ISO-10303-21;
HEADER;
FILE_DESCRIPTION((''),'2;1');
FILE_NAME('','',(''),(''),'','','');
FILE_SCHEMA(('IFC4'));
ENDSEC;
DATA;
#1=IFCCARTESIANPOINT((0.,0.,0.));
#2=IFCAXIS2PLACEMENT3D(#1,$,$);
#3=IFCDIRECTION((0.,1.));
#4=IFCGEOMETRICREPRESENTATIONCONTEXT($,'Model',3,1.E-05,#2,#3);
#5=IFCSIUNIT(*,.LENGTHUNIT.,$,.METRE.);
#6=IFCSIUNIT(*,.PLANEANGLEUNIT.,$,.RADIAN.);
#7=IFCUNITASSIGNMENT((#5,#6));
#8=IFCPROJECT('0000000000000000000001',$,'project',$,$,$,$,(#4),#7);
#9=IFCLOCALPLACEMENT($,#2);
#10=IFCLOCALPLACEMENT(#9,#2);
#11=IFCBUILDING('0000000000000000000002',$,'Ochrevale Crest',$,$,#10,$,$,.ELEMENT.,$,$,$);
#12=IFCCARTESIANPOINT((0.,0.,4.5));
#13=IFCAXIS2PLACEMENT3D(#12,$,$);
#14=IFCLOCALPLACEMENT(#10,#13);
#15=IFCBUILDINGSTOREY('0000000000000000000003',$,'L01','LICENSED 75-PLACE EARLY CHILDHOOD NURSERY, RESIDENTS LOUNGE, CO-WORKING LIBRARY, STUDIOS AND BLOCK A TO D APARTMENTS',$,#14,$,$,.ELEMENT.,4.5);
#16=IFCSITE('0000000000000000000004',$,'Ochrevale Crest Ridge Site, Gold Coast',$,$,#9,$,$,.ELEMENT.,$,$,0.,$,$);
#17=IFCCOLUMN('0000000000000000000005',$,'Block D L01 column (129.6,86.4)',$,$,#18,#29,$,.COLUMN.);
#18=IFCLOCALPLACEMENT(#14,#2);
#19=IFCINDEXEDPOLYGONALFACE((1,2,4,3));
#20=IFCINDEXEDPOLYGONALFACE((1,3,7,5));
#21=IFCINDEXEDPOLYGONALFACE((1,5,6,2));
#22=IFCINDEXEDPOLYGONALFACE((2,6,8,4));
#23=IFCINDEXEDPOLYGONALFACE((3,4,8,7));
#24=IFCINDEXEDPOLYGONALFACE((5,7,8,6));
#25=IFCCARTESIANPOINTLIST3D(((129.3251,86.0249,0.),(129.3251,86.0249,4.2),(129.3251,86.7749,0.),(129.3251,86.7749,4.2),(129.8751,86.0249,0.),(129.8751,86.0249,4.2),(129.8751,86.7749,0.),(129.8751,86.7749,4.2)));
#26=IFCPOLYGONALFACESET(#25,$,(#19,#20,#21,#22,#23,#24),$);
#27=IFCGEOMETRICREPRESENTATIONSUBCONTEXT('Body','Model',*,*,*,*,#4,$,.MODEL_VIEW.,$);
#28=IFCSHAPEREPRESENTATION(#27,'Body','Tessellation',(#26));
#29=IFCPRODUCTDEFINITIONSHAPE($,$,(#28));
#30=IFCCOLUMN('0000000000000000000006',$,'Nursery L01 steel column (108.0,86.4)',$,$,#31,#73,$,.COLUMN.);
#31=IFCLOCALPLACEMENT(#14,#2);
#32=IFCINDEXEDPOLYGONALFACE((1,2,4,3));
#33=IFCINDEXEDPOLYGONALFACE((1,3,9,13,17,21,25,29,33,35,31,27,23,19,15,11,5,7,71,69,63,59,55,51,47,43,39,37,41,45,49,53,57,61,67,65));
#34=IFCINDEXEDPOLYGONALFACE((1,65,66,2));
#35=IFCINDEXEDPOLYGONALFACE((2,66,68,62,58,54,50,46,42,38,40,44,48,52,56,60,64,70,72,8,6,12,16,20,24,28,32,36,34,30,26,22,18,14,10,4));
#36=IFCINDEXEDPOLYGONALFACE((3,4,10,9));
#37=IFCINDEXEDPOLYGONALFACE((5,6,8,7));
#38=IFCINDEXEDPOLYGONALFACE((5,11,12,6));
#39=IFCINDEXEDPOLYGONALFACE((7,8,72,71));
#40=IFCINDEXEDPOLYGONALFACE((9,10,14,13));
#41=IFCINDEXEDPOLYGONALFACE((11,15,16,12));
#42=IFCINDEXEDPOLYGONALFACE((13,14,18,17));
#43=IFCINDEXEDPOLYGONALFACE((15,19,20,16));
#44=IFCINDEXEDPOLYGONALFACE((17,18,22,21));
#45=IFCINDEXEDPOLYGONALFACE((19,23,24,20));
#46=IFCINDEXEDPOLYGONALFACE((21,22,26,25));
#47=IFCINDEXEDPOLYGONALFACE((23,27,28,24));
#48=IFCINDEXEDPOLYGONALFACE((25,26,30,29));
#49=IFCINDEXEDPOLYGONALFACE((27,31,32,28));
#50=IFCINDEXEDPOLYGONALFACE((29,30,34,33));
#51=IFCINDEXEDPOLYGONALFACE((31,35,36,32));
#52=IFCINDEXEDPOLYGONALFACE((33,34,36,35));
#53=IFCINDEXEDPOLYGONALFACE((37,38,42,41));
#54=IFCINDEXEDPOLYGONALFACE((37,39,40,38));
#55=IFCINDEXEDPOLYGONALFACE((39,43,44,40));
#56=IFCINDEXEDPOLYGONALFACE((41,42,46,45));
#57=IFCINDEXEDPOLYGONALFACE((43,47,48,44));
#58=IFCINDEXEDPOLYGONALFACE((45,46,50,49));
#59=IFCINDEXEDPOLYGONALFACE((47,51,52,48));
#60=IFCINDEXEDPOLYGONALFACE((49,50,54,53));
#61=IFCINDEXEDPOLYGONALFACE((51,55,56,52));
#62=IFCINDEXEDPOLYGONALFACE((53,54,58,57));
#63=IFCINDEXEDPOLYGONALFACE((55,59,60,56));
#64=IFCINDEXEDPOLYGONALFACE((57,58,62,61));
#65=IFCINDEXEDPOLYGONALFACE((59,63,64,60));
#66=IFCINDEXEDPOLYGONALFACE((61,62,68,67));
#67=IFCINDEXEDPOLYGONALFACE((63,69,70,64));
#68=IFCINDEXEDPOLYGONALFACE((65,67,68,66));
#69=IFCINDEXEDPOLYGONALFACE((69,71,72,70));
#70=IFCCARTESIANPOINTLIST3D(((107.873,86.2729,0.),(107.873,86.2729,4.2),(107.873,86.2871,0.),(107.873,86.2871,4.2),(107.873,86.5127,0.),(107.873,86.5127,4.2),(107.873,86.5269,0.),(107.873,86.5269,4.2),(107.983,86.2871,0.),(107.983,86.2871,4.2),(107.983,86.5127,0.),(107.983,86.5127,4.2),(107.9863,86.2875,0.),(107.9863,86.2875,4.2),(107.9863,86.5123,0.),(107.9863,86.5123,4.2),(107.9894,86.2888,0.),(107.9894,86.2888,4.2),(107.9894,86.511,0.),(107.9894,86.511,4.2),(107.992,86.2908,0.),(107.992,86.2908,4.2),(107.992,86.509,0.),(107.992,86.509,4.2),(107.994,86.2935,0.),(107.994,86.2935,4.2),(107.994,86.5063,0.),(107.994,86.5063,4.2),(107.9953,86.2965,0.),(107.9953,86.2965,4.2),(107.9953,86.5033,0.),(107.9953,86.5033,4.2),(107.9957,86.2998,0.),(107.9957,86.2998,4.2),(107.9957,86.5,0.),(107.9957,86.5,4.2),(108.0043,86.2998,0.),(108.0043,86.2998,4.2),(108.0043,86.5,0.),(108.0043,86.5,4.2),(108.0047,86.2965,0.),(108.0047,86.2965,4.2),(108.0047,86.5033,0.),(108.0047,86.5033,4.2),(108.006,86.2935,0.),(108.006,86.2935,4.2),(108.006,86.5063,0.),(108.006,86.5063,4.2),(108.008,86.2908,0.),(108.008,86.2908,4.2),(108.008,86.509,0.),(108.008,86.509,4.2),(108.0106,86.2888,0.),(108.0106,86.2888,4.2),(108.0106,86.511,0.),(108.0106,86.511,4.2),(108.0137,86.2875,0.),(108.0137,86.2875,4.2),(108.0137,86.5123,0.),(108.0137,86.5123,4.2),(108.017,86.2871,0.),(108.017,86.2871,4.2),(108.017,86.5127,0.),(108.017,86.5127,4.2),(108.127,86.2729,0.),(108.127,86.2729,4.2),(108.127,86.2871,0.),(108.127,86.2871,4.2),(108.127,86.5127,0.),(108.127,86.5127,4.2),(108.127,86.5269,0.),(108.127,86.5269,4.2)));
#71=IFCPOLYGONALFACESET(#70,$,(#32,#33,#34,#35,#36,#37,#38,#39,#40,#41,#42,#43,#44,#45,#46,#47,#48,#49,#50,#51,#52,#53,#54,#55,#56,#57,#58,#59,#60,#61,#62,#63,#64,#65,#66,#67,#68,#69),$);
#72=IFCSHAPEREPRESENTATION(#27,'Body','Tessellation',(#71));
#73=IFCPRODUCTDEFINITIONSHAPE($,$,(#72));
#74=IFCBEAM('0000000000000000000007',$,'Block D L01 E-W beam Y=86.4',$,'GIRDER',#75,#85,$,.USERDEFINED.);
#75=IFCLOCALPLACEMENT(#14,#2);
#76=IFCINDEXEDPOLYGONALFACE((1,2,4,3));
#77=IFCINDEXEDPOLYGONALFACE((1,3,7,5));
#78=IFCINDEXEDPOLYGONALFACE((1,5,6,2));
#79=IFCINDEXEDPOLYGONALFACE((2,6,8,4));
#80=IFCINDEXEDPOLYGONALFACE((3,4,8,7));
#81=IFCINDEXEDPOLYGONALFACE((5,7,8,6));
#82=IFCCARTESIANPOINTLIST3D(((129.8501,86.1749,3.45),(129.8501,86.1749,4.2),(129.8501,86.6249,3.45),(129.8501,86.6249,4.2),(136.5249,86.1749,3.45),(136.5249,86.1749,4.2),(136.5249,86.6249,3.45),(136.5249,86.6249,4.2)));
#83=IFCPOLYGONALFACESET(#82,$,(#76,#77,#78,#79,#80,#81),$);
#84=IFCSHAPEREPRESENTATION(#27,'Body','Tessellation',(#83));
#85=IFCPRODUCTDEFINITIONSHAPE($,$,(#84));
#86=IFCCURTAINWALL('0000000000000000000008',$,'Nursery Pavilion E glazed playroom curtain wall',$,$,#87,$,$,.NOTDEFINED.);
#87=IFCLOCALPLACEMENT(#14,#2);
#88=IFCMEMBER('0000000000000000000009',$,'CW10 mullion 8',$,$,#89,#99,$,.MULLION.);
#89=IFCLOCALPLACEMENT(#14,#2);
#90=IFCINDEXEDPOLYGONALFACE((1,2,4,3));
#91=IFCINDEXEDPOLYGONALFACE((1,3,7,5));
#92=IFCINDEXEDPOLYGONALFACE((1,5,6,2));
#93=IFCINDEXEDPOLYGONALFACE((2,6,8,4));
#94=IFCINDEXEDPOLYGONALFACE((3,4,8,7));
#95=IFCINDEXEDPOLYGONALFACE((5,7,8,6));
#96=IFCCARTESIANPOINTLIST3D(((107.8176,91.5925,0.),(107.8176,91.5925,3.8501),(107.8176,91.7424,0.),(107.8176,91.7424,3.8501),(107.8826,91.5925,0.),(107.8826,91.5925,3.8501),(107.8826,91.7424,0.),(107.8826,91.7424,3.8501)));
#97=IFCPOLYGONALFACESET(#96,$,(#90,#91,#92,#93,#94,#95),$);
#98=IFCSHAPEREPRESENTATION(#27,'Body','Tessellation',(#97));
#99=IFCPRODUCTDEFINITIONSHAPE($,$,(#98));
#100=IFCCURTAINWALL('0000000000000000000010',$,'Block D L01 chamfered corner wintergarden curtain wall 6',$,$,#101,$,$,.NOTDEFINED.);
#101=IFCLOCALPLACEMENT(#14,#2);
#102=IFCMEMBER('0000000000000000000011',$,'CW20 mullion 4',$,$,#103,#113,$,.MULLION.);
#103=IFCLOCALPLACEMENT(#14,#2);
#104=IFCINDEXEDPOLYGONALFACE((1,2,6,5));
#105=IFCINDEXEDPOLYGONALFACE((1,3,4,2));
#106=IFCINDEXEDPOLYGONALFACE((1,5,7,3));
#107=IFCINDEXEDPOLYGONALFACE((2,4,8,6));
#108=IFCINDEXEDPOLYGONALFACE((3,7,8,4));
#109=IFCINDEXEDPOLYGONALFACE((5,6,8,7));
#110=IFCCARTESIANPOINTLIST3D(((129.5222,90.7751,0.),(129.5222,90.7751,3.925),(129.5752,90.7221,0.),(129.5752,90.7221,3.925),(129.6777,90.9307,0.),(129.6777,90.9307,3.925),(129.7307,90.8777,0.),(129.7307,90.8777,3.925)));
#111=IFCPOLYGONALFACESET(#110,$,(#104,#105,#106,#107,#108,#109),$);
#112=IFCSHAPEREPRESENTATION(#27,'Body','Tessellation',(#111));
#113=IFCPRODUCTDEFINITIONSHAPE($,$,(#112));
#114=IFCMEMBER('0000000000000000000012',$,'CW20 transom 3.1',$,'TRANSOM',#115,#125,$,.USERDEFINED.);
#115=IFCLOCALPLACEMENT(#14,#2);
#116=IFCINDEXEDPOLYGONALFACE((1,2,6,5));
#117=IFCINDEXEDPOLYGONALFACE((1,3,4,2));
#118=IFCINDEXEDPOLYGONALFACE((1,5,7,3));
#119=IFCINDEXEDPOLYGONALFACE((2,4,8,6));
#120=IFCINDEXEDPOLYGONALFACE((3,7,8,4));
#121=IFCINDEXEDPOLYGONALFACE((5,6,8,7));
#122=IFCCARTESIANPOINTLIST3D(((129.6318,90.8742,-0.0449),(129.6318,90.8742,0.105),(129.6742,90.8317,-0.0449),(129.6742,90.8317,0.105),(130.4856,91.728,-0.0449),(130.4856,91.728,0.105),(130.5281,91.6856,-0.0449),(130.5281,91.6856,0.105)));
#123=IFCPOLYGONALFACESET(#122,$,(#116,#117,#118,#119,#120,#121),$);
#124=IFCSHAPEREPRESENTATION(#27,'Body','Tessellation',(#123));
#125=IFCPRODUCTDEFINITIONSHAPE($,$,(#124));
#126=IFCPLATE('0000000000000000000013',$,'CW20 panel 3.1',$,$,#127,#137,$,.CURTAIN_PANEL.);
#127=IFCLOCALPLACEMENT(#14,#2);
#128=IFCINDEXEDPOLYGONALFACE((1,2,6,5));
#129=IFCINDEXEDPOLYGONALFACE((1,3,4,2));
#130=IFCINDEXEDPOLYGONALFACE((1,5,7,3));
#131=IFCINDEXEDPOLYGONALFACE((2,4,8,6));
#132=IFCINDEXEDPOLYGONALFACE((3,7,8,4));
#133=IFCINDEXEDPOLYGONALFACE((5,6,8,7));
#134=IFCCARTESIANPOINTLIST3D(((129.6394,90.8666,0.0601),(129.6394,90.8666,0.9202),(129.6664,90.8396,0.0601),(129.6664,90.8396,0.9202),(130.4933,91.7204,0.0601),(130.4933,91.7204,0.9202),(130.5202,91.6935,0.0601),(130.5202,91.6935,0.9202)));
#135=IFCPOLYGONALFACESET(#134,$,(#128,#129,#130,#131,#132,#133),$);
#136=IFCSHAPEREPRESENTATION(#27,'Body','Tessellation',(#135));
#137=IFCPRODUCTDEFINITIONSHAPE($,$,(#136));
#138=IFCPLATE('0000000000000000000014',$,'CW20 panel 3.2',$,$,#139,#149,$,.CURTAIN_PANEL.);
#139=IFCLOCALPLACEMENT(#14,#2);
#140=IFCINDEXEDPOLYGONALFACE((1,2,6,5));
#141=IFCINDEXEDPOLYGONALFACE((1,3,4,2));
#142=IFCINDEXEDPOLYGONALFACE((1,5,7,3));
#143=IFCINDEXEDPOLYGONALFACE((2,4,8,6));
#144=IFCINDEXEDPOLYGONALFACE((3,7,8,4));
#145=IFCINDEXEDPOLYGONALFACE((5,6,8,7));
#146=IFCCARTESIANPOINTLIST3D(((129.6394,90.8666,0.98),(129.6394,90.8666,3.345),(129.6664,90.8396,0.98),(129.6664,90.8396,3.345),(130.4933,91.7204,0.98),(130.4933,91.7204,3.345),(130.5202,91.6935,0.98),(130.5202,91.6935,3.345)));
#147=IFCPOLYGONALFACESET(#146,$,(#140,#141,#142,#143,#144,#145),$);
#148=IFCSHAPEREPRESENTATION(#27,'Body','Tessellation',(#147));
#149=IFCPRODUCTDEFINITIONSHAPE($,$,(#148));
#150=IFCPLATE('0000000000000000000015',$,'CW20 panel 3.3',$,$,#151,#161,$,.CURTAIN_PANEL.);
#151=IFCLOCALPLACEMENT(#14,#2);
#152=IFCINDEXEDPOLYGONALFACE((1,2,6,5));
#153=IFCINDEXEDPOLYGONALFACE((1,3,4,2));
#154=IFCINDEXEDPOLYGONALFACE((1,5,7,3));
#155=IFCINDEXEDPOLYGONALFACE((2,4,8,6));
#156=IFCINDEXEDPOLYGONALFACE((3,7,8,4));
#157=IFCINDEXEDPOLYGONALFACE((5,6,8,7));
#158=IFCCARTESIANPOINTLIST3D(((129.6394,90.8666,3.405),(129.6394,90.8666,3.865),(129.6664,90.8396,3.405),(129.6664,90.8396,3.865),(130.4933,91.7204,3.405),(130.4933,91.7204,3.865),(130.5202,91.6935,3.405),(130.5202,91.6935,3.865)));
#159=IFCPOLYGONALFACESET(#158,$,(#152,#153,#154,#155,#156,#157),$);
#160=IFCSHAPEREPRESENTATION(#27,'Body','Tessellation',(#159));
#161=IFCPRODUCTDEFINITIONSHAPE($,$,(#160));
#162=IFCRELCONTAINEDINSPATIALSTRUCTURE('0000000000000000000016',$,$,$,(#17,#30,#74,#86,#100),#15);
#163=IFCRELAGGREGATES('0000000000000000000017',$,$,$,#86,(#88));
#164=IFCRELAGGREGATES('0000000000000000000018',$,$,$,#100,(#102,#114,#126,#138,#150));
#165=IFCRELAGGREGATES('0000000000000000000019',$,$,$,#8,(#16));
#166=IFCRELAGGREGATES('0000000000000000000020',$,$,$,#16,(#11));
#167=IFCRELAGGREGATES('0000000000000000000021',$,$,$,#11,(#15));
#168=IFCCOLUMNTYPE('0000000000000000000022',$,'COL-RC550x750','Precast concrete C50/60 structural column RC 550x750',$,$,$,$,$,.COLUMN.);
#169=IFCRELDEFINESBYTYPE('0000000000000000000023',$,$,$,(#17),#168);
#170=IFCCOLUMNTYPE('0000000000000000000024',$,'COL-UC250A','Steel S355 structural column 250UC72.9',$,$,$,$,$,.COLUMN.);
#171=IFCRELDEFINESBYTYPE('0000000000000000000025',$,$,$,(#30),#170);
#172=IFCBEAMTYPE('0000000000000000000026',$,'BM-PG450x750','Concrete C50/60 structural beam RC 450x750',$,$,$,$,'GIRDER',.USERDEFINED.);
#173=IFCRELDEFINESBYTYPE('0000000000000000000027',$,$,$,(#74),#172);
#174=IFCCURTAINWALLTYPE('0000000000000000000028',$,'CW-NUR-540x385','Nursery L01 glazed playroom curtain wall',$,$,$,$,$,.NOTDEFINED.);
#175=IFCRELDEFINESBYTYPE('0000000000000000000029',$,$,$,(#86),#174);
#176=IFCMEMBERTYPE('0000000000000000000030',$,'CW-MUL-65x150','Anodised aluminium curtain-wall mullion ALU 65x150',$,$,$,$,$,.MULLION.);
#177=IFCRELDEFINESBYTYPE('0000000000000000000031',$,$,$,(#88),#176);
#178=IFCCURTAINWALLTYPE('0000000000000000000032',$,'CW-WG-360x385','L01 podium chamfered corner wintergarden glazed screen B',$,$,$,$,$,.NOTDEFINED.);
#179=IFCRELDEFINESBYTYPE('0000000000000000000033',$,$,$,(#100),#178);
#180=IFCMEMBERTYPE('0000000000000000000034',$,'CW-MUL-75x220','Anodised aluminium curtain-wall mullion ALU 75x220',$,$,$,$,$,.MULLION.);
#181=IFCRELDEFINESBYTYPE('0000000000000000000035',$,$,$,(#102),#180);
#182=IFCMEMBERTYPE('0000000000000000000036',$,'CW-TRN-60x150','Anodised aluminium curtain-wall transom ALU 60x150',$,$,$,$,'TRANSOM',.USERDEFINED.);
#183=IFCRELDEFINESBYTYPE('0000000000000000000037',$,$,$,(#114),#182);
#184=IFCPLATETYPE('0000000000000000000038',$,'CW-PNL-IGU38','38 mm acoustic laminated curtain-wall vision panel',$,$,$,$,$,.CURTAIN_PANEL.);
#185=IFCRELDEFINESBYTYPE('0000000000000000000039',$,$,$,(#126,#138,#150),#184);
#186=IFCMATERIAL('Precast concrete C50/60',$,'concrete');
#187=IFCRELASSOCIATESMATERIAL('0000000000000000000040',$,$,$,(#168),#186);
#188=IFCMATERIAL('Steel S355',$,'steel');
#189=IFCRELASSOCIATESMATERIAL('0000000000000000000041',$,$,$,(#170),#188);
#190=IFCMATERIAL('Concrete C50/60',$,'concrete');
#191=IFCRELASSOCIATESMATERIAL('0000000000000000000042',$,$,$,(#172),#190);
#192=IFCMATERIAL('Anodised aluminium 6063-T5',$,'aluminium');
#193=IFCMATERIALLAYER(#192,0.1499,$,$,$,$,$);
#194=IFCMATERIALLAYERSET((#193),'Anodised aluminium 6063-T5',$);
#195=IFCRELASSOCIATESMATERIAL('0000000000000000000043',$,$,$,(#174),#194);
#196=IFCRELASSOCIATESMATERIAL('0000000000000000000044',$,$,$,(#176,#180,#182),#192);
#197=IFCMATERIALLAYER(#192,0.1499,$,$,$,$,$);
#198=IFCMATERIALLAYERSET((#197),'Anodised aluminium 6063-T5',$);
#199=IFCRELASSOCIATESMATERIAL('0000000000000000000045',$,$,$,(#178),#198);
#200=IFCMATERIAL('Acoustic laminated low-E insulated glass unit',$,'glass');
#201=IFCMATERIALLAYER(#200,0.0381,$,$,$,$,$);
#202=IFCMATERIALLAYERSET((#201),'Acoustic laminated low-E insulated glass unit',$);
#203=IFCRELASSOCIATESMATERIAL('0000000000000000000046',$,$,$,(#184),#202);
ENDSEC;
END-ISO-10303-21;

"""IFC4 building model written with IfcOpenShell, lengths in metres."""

from ifc_helpers import new_model, si_unit, direction, frame, origin, origin_2d, place, context, subcontext, project, spatial, rectangle, i_section, extrude, material, layer, layer_set, material_profile, profile_set, type_object, element, aggregate, save


model = new_model("IFC4")

# Units and contexts
model_context = context("Model", 3, precision=1e-05, world=origin(), true_north=direction((0.0, 1.0)))
body_context = subcontext(model_context, "Body", "Model", "MODEL_VIEW")
ifc_project = project(units=[si_unit("LENGTHUNIT", "METRE"), si_unit("PLANEANGLEUNIT", "RADIAN")], contexts=[model_context])

# Site, building, storey
site_placement = place(None, origin())
site = spatial("IfcSite", under=ifc_project, at=site_placement, Name="Ochrevale Crest Ridge Site, Gold Coast", CompositionType="ELEMENT", RefElevation=0.0)
building_placement = place(site_placement, origin())
building = spatial("IfcBuilding", under=site, at=building_placement, Name="Ochrevale Crest", CompositionType="ELEMENT")
storey_placement = place(building_placement, frame((0.0, 0.0, 4.5)))
storey = spatial("IfcBuildingStorey", under=building, at=storey_placement, Name="L01", Description="LICENSED 75-PLACE EARLY CHILDHOOD NURSERY, RESIDENTS LOUNGE, CO-WORKING LIBRARY, STUDIOS AND BLOCK A TO D APARTMENTS", CompositionType="ELEMENT", Elevation=4.5)

# Columns
ifc_material_1 = material(Name="Precast concrete C50/60", Category="concrete")
ifc_material_profile_1 = material_profile(ifc_material_1, rectangle(XDim=0.55, YDim=0.75, at=origin_2d()), Name="RC 550x750")
ifc_profile_set_1 = profile_set([ifc_material_profile_1], Name="Precast concrete C50/60")
column_type_1 = type_object("IfcColumnType", Name="COL-RC550x750", Description="Precast concrete C50/60 structural column RC 550x750", PredefinedType="COLUMN", material=ifc_profile_set_1)
column_1_placement = place(storey_placement, frame((129.6001, 86.3999, 0.0), z_axis=(0.0, 0.0, 1.0), x_axis=(1.0, 0.0, 0.0)))
element("IfcColumn", 1, at=column_1_placement, inside=storey, type_object=column_type_1, Name="Block D L01 column (129.6,86.4)", PredefinedType="COLUMN", context=body_context, shape_type="SweptSolid", body=[
    extrude(rectangle(XDim=0.55, YDim=0.75, at=origin_2d()), origin(), (0.0, 0.0, 1.0), 4.2),
])
ifc_material_2 = material(Name="Steel S355", Category="steel")
ifc_material_profile_2 = material_profile(ifc_material_2, i_section(OverallWidth=0.2539, OverallDepth=0.2539, WebThickness=0.0085, FlangeThickness=0.0142, FilletRadius=0.0127, at=origin_2d()), Name="250UC72.9")
ifc_profile_set_2 = profile_set([ifc_material_profile_2], Name="Steel S355")
column_type_2 = type_object("IfcColumnType", Name="COL-UC250A", Description="Steel S355 structural column 250UC72.9", PredefinedType="COLUMN", material=ifc_profile_set_2)
column_2_placement = place(storey_placement, frame((108.0, 86.3999, 0.0), z_axis=(0.0, 0.0, 1.0), x_axis=(1.0, 0.0, 0.0)))
element("IfcColumn", 2, at=column_2_placement, inside=storey, type_object=column_type_2, Name="Nursery L01 steel column (108.0,86.4)", PredefinedType="COLUMN", context=body_context, shape_type="SweptSolid", body=[
    extrude(i_section(OverallWidth=0.2539, OverallDepth=0.2539, WebThickness=0.0085, FlangeThickness=0.0142, FilletRadius=0.0127, at=origin_2d()), origin(), (0.0, 0.0, 1.0), 4.2),
])

# Beam
ifc_material_3 = material(Name="Concrete C50/60", Category="concrete")
ifc_material_profile_3 = material_profile(ifc_material_3, rectangle(XDim=0.45, YDim=0.75, at=origin_2d()), Name="RC 450x750")
ifc_profile_set_3 = profile_set([ifc_material_profile_3], Name="Concrete C50/60")
beam_type = type_object("IfcBeamType", Name="BM-PG450x750", Description="Concrete C50/60 structural beam RC 450x750", ElementType="GIRDER", PredefinedType="USERDEFINED", material=ifc_profile_set_3)
beam_placement = place(storey_placement, frame((129.8501, 86.3999, 3.825), z_axis=(1.0, 0.0, 0.0), x_axis=(0.0, 1.0, 0.0)))
element("IfcBeam", 3, at=beam_placement, inside=storey, type_object=beam_type, Name="Block D L01 E-W beam Y=86.4", ObjectType="GIRDER", PredefinedType="USERDEFINED", context=body_context, shape_type="SweptSolid", body=[
    extrude(rectangle(XDim=0.45, YDim=0.75, at=origin_2d()), origin(), (0.0, 0.0, 1.0), 6.6748),
])

# Curtain wall, member
ifc_material_4 = material(Name="Anodised aluminium 6063-T5", Category="aluminium")
ifc_layer_1 = layer(ifc_material_4, 0.1499)
ifc_layer_set_1 = layer_set([ifc_layer_1], Name="Anodised aluminium 6063-T5")
curtain_wall_type_1 = type_object("IfcCurtainWallType", Name="CW-NUR-540x385", Description="Nursery L01 glazed playroom curtain wall", PredefinedType="NOTDEFINED", material=ifc_layer_set_1)
curtain_wall_1_placement = place(storey_placement, origin())
curtain_wall_1 = element("IfcCurtainWall", 4, at=curtain_wall_1_placement, inside=storey, type_object=curtain_wall_type_1, Name="Nursery Pavilion E glazed playroom curtain wall", PredefinedType="NOTDEFINED")
ifc_material_profile_4 = material_profile(ifc_material_4, rectangle(XDim=0.0649, YDim=0.1499, at=origin_2d()), Name="ALU 65x150")
ifc_profile_set_4 = profile_set([ifc_material_profile_4], Name="Anodised aluminium 6063-T5")
member_type_1 = type_object("IfcMemberType", Name="CW-MUL-65x150", Description="Anodised aluminium curtain-wall mullion ALU 65x150", PredefinedType="MULLION", material=ifc_profile_set_4)
member_1_placement = place(storey_placement, frame((107.8501, 91.6675, 0.0), z_axis=(0.0, 0.0, 1.0), x_axis=(-1.0, 0.0, 0.0)))
member_1 = element("IfcMember", 5, at=member_1_placement, type_object=member_type_1, Name="CW10 mullion 8", PredefinedType="MULLION", context=body_context, shape_type="SweptSolid", body=[
    extrude(rectangle(XDim=0.0649, YDim=0.1499, at=origin_2d()), origin(), (0.0, 0.0, 1.0), 3.8501),
])
aggregate(curtain_wall_1, [member_1])

# Curtain wall, members, plates
ifc_layer_2 = layer(ifc_material_4, 0.1499)
ifc_layer_set_2 = layer_set([ifc_layer_2], Name="Anodised aluminium 6063-T5")
curtain_wall_type_2 = type_object("IfcCurtainWallType", Name="CW-WG-360x385", Description="L01 podium chamfered corner wintergarden glazed screen B", PredefinedType="NOTDEFINED", material=ifc_layer_set_2)
curtain_wall_2_placement = place(storey_placement, origin())
curtain_wall_2 = element("IfcCurtainWall", 6, at=curtain_wall_2_placement, inside=storey, type_object=curtain_wall_type_2, Name="Block D L01 chamfered corner wintergarden curtain wall 6", PredefinedType="NOTDEFINED")
ifc_material_profile_5 = material_profile(ifc_material_4, rectangle(XDim=0.075, YDim=0.22, at=origin_2d()), Name="ALU 75x220")
ifc_profile_set_5 = profile_set([ifc_material_profile_5], Name="Anodised aluminium 6063-T5")
member_type_2 = type_object("IfcMemberType", Name="CW-MUL-75x220", Description="Anodised aluminium curtain-wall mullion ALU 75x220", PredefinedType="MULLION", material=ifc_profile_set_5)
member_2_placement = place(storey_placement, frame((129.6265, 90.8264, 0.0), z_axis=(0.0, 0.0, 1.0), x_axis=(0.707107, -0.707107, 0.0)))
member_2 = element("IfcMember", 7, at=member_2_placement, type_object=member_type_2, Name="CW20 mullion 4", PredefinedType="MULLION", context=body_context, shape_type="SweptSolid", body=[
    extrude(rectangle(XDim=0.075, YDim=0.22, at=origin_2d()), origin(), (0.0, 0.0, 1.0), 3.925),
])
ifc_material_profile_6 = material_profile(ifc_material_4, rectangle(XDim=0.0601, YDim=0.1499, at=origin_2d()), Name="ALU 60x150")
ifc_profile_set_6 = profile_set([ifc_material_profile_6], Name="Anodised aluminium 6063-T5")
member_type_3 = type_object("IfcMemberType", Name="CW-TRN-60x150", Description="Anodised aluminium curtain-wall transom ALU 60x150", ElementType="TRANSOM", PredefinedType="USERDEFINED", material=ifc_profile_set_6)
member_3_placement = place(storey_placement, frame((130.5068, 91.7068, 0.03), z_axis=(-0.707107, -0.707107, 0.0), x_axis=(0.707107, -0.707107, 0.0)))
member_3 = element("IfcMember", 8, at=member_3_placement, type_object=member_type_3, Name="CW20 transom 3.1", ObjectType="TRANSOM", PredefinedType="USERDEFINED", context=body_context, shape_type="SweptSolid", body=[
    extrude(rectangle(XDim=0.0601, YDim=0.1499, at=origin_2d()), origin(), (0.0, 0.0, 1.0), 1.2075),
])
ifc_material_5 = material(Name="Acoustic laminated low-E insulated glass unit", Category="glass")
ifc_layer_3 = layer(ifc_material_5, 0.0381)
ifc_layer_set_3 = layer_set([ifc_layer_3], Name="Acoustic laminated low-E insulated glass unit")
plate_type = type_object("IfcPlateType", Name="CW-PNL-IGU38", Description="38 mm acoustic laminated curtain-wall vision panel", PredefinedType="CURTAIN_PANEL", material=ifc_layer_set_3)
plate_1_placement = place(storey_placement, frame((130.0798, 91.28, 0.0601), z_axis=(0.0, 0.0, 1.0), x_axis=(-0.707107, -0.707107, 0.0)))
plate_1 = element("IfcPlate", 9, at=plate_1_placement, type_object=plate_type, Name="CW20 panel 3.1", PredefinedType="CURTAIN_PANEL", context=body_context, shape_type="SweptSolid", body=[
    extrude(rectangle(XDim=1.2075, YDim=0.0381, at=origin_2d()), origin(), (0.0, 0.0, 1.0), 0.8601),
])
plate_2_placement = place(storey_placement, frame((130.0798, 91.28, 0.98), z_axis=(0.0, 0.0, 1.0), x_axis=(-0.707107, -0.707107, 0.0)))
plate_2 = element("IfcPlate", 10, at=plate_2_placement, type_object=plate_type, Name="CW20 panel 3.2", PredefinedType="CURTAIN_PANEL", context=body_context, shape_type="SweptSolid", body=[
    extrude(rectangle(XDim=1.2075, YDim=0.0381, at=origin_2d()), origin(), (0.0, 0.0, 1.0), 2.365),
])
plate_3_placement = place(storey_placement, frame((130.0798, 91.28, 3.405), z_axis=(0.0, 0.0, 1.0), x_axis=(-0.707107, -0.707107, 0.0)))
plate_3 = element("IfcPlate", 11, at=plate_3_placement, type_object=plate_type, Name="CW20 panel 3.3", PredefinedType="CURTAIN_PANEL", context=body_context, shape_type="SweptSolid", body=[
    extrude(rectangle(XDim=1.2075, YDim=0.0381, at=origin_2d()), origin(), (0.0, 0.0, 1.0), 0.46),
])
aggregate(curtain_wall_2, [member_2, member_3, plate_1, plate_2, plate_3])

save(model, "model.ifc")
